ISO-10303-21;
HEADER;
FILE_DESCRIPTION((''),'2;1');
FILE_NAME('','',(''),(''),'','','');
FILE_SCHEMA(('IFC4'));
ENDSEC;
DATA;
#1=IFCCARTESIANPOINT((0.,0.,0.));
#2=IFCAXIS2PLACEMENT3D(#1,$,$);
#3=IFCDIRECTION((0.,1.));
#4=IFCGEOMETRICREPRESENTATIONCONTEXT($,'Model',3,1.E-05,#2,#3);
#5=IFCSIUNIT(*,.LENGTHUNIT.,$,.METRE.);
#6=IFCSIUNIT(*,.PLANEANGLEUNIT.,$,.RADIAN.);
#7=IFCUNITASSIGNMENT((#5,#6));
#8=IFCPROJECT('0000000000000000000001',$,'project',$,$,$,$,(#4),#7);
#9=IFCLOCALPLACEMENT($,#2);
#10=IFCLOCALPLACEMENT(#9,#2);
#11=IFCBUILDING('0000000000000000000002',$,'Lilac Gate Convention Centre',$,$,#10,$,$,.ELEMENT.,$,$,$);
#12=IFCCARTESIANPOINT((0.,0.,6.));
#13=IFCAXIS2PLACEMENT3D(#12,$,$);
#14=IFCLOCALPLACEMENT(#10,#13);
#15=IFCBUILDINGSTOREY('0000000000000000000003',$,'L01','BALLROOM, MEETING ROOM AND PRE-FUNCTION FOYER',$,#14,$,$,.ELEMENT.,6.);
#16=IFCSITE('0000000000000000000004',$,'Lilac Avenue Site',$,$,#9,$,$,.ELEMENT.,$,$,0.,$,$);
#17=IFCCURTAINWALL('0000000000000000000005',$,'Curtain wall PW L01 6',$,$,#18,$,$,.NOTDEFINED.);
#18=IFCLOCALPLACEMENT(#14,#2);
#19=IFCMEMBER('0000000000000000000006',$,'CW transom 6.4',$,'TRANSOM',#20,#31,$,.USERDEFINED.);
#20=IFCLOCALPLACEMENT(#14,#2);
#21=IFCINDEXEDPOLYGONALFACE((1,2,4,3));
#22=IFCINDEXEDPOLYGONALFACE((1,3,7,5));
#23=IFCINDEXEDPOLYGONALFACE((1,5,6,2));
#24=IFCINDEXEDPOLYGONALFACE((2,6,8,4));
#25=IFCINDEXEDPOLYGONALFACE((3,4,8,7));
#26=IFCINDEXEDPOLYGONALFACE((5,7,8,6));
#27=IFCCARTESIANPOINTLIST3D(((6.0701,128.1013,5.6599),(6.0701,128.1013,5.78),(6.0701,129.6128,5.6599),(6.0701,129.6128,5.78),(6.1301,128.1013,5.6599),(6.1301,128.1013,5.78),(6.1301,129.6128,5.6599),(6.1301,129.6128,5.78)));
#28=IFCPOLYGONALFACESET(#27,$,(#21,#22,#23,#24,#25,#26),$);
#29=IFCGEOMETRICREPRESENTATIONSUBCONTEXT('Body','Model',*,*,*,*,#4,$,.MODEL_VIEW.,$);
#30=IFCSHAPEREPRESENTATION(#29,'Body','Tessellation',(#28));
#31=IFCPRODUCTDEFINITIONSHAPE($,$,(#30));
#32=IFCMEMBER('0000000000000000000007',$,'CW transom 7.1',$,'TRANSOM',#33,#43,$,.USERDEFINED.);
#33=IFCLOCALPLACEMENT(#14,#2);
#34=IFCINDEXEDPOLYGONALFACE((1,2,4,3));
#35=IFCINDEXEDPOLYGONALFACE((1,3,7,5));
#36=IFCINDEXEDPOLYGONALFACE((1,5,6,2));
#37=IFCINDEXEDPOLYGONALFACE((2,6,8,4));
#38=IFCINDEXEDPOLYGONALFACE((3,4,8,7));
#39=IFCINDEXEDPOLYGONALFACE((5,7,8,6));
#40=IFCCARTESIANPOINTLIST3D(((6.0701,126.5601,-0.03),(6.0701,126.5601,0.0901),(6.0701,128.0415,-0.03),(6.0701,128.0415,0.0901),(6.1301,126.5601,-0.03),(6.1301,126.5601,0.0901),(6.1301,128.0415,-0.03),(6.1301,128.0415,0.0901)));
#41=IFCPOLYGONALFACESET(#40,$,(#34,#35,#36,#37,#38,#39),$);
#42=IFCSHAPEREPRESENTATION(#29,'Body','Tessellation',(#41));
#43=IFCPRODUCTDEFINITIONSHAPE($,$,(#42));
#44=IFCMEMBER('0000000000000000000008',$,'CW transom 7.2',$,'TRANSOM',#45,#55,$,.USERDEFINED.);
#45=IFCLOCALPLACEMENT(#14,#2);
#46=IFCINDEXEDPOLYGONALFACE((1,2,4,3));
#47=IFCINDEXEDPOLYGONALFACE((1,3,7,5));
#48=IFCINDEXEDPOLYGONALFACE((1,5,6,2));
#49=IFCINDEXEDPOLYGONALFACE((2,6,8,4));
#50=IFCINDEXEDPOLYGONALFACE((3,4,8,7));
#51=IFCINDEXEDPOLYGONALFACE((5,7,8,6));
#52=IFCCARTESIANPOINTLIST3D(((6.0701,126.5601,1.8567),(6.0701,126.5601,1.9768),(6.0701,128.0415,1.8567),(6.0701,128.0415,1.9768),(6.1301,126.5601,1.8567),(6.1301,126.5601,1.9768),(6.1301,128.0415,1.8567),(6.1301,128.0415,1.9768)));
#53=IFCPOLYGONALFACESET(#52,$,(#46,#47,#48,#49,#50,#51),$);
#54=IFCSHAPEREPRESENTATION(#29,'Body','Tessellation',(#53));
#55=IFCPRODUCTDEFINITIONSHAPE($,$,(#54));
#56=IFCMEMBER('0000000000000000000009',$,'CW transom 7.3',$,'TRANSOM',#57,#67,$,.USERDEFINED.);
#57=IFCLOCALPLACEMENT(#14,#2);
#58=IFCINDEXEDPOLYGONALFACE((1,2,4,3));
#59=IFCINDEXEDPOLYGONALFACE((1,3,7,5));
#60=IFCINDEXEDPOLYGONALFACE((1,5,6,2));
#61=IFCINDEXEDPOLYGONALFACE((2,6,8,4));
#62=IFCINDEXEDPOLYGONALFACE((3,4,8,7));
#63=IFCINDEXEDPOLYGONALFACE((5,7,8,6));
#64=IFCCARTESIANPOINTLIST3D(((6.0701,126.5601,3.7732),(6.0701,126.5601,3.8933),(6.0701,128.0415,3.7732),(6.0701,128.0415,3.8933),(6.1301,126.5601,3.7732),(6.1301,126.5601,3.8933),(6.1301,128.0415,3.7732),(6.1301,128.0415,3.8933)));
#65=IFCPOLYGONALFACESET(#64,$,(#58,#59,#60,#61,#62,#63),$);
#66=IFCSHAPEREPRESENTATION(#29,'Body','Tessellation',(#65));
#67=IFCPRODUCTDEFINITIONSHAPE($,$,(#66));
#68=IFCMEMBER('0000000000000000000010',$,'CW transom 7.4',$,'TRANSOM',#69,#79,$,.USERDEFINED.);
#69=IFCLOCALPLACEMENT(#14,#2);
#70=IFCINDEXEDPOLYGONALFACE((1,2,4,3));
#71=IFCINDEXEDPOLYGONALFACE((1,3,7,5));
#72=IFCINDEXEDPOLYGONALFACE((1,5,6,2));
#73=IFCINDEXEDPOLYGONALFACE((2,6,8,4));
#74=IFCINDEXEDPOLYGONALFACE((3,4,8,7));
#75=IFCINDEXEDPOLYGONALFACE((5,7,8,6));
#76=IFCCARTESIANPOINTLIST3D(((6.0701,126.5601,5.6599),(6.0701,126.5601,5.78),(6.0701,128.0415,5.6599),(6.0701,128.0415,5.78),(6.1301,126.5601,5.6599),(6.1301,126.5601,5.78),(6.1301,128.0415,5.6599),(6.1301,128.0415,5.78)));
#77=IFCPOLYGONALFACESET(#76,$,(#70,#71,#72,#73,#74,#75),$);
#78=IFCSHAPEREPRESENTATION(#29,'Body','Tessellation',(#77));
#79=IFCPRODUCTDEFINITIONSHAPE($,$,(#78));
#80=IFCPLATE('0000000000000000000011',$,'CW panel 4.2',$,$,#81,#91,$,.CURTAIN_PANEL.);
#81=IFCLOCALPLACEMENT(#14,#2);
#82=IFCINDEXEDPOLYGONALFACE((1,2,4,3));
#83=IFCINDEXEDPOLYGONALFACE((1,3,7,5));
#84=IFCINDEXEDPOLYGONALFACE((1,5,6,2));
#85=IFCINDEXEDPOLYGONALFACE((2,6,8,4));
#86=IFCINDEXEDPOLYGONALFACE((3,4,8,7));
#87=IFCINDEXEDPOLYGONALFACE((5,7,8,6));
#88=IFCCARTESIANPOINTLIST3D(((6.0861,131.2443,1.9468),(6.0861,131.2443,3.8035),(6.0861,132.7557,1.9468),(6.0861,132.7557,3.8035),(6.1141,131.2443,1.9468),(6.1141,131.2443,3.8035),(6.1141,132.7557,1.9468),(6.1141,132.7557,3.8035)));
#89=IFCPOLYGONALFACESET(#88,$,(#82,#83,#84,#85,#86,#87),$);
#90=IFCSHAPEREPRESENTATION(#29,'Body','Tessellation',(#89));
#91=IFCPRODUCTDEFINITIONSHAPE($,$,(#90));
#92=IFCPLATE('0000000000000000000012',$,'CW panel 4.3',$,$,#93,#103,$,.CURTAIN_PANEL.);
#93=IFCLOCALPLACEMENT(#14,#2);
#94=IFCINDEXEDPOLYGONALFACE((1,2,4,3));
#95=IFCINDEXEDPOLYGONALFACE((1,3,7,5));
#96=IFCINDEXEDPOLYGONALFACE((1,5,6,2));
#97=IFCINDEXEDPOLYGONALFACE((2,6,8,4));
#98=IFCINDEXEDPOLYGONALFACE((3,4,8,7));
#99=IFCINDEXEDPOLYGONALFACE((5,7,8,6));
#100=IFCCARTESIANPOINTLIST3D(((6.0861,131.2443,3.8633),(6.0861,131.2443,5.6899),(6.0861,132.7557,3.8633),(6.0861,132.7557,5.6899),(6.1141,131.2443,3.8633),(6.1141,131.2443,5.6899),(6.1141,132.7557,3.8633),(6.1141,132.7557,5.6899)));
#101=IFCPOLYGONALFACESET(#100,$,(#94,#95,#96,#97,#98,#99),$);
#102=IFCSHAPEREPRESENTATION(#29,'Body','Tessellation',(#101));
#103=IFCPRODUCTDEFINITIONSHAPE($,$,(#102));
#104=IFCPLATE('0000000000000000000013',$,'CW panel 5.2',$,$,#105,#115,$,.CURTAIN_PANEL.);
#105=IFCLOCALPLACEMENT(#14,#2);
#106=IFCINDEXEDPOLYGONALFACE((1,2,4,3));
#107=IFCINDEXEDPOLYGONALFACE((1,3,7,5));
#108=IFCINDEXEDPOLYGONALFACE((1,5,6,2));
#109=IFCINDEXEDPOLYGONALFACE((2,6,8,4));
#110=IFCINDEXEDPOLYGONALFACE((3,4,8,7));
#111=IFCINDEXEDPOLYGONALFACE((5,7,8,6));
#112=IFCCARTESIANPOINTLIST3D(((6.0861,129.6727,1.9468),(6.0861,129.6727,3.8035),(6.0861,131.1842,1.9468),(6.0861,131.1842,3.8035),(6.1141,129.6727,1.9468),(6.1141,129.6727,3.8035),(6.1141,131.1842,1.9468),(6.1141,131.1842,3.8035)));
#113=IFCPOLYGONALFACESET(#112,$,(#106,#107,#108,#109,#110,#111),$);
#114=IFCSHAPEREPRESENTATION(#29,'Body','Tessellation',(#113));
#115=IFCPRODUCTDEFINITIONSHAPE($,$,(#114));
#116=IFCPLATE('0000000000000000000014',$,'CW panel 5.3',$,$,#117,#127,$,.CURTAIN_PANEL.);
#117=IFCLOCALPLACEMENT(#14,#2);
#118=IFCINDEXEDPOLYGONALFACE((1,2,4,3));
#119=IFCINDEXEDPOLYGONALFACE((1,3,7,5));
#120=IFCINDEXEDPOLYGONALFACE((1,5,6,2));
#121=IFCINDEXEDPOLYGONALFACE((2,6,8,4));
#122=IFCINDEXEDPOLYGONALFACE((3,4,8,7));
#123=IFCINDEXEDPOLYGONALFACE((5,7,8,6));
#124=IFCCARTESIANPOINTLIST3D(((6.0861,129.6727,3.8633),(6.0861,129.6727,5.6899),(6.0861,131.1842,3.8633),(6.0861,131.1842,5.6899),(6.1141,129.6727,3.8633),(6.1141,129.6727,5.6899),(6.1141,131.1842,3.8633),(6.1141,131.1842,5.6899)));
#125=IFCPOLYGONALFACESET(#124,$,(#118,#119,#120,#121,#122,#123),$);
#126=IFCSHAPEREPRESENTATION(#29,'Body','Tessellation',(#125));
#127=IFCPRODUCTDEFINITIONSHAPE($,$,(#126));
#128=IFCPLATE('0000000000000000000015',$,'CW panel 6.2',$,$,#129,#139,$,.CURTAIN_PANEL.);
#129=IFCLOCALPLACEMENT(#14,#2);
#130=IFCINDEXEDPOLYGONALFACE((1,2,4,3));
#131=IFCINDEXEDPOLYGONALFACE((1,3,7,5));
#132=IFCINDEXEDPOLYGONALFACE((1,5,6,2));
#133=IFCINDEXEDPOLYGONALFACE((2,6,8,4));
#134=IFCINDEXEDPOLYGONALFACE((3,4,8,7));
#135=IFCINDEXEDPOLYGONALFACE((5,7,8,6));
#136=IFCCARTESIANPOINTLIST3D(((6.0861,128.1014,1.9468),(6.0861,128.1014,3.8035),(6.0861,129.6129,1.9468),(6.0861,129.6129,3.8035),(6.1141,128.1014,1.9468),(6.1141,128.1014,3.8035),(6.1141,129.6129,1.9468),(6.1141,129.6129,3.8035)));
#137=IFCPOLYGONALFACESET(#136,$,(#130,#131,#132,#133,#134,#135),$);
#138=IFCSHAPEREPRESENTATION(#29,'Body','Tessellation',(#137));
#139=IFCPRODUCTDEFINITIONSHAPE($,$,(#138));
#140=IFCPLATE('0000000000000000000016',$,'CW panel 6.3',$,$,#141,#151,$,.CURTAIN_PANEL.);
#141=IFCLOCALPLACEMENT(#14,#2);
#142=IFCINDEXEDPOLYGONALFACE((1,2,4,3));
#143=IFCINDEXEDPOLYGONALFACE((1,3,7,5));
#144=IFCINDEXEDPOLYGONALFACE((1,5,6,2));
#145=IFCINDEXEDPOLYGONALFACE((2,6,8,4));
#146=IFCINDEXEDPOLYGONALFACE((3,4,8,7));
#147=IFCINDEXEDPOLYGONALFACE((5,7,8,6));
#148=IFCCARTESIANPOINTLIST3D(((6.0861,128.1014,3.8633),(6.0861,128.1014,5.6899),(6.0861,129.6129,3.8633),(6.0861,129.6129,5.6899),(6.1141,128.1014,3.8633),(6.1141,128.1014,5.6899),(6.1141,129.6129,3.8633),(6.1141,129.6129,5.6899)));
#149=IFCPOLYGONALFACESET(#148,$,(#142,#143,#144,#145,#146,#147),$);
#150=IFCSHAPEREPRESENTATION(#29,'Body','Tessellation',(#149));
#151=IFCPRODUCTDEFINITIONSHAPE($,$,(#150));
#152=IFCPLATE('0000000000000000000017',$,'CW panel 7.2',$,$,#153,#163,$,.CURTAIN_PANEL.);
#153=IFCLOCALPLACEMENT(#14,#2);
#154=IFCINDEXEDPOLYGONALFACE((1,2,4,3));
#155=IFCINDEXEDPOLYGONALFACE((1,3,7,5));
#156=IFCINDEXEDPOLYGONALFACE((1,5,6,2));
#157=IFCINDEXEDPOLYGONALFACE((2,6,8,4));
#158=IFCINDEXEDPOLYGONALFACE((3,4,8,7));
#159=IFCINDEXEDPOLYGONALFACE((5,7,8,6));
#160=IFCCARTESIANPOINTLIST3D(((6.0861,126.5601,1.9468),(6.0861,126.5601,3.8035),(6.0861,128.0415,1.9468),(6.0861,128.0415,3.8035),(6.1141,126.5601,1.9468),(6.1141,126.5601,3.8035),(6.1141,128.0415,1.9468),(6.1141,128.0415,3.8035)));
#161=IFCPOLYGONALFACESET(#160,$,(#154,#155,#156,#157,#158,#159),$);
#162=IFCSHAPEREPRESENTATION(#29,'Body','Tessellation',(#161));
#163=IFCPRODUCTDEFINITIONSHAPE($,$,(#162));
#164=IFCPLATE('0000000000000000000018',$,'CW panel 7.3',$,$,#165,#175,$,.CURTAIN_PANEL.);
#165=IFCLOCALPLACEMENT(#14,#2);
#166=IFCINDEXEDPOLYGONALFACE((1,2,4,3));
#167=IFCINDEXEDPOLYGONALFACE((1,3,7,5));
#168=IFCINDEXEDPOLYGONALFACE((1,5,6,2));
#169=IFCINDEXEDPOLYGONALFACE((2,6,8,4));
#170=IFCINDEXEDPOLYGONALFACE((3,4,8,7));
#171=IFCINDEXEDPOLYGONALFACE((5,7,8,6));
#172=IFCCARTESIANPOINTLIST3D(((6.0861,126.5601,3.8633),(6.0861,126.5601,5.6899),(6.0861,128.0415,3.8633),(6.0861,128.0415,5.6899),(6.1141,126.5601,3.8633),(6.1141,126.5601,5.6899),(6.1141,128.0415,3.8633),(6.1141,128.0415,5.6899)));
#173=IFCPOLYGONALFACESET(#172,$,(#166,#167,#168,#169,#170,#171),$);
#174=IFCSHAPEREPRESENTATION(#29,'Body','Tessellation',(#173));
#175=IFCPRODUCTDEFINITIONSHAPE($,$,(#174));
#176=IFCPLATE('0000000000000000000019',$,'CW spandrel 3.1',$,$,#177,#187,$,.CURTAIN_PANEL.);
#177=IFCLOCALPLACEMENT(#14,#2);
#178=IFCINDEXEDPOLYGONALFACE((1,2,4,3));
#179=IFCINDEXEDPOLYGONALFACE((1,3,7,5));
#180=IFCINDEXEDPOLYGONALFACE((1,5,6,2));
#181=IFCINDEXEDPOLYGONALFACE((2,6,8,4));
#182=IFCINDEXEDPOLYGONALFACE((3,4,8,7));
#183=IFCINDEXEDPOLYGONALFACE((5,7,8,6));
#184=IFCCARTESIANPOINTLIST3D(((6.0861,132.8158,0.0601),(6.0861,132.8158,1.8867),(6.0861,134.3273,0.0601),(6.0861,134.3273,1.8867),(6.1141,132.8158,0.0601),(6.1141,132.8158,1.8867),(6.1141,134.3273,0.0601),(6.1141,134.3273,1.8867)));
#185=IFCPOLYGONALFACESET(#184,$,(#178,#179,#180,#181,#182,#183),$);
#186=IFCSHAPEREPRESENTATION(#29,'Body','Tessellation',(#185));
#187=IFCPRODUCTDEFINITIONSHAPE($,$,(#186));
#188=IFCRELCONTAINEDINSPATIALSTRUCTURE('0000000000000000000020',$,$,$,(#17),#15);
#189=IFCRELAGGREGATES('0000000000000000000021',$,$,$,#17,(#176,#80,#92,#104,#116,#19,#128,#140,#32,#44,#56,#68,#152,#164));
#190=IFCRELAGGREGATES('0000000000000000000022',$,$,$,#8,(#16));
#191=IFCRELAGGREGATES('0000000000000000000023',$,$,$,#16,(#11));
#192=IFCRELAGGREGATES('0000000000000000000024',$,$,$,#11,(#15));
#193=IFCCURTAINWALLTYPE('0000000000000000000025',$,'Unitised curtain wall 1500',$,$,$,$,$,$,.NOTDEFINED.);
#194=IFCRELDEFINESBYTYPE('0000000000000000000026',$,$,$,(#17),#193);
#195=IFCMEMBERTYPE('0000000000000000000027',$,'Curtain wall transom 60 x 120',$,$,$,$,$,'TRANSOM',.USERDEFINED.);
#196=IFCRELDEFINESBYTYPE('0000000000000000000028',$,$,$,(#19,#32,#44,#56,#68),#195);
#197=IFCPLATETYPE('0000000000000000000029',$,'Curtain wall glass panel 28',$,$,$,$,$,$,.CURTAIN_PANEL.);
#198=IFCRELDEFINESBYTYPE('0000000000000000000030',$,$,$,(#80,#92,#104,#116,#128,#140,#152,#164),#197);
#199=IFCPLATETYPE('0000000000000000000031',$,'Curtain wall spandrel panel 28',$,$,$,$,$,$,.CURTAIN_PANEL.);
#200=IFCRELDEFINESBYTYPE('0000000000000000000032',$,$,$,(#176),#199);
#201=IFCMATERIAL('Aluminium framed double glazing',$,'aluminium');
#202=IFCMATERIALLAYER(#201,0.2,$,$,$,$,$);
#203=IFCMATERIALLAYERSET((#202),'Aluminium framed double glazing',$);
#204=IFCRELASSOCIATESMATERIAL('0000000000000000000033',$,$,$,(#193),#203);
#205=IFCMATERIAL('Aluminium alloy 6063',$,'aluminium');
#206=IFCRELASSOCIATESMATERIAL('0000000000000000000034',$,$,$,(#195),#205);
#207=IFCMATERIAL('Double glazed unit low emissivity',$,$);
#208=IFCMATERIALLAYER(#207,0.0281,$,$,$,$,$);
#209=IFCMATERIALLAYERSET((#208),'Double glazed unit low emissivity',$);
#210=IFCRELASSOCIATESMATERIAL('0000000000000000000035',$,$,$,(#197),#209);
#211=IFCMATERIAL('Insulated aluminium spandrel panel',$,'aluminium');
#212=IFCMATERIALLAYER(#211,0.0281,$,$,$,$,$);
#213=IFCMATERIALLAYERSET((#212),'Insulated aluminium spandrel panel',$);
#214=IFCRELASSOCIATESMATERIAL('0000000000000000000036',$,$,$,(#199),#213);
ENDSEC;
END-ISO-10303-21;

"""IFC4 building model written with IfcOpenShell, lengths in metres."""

from ifc_helpers import new_model, si_unit, direction, frame, origin, origin_2d, place, context, subcontext, project, spatial, rectangle, extrude, material, layer, layer_set, material_profile, profile_set, type_object, element, aggregate, save


model = new_model("IFC4")

# Units and contexts
model_context = context("Model", 3, precision=1e-05, world=origin(), true_north=direction((0.0, 1.0)))
body_context = subcontext(model_context, "Body", "Model", "MODEL_VIEW")
ifc_project = project(units=[si_unit("LENGTHUNIT", "METRE"), si_unit("PLANEANGLEUNIT", "RADIAN")], contexts=[model_context])

# Site, building, storey
site_placement = place(None, origin())
site = spatial("IfcSite", under=ifc_project, at=site_placement, Name="Lilac Avenue Site", CompositionType="ELEMENT", RefElevation=0.0)
building_placement = place(site_placement, origin())
building = spatial("IfcBuilding", under=site, at=building_placement, Name="Lilac Gate Convention Centre", CompositionType="ELEMENT")
storey_placement = place(building_placement, frame((0.0, 0.0, 6.0)))
storey = spatial("IfcBuildingStorey", under=building, at=storey_placement, Name="L01", Description="BALLROOM, MEETING ROOM AND PRE-FUNCTION FOYER", CompositionType="ELEMENT", Elevation=6.0)

# Curtain wall, members, plates
ifc_material_1 = material(Name="Aluminium framed double glazing", Category="aluminium")
ifc_layer_1 = layer(ifc_material_1, 0.2)
ifc_layer_set_1 = layer_set([ifc_layer_1], Name="Aluminium framed double glazing")
curtain_wall_type = type_object("IfcCurtainWallType", Name="Unitised curtain wall 1500", PredefinedType="NOTDEFINED", material=ifc_layer_set_1)
curtain_wall_placement = place(storey_placement, origin())
curtain_wall = element("IfcCurtainWall", 1, at=curtain_wall_placement, inside=storey, type_object=curtain_wall_type, Name="Curtain wall PW L01 6", PredefinedType="NOTDEFINED")
ifc_material_2 = material(Name="Aluminium alloy 6063", Category="aluminium")
ifc_material_profile_1 = material_profile(ifc_material_2, rectangle(XDim=0.0601, YDim=0.1201, at=origin_2d()), Name="Curtain wall transom 60 x 120")
ifc_profile_set_1 = profile_set([ifc_material_profile_1], Name="Aluminium alloy 6063")
member_type_1 = type_object("IfcMemberType", Name="Curtain wall transom 60 x 120", ElementType="TRANSOM", PredefinedType="USERDEFINED", material=ifc_profile_set_1)
member_1_placement = place(storey_placement, frame((6.1001, 129.6128, 5.72), z_axis=(0.0, -1.0, 0.0), x_axis=(1.0, 0.0, 0.0)))
member_1 = element("IfcMember", 2, at=member_1_placement, type_object=member_type_1, Name="CW transom 6.4", ObjectType="TRANSOM", PredefinedType="USERDEFINED", context=body_context, shape_type="SweptSolid", body=[
    extrude(rectangle(XDim=0.0601, YDim=0.1201, at=origin_2d()), origin(), (0.0, 0.0, 1.0), 1.5115),
])
member_2_placement = place(storey_placement, frame((6.1001, 128.0415, 0.03), z_axis=(0.0, -1.0, 0.0), x_axis=(1.0, 0.0, 0.0)))
member_2 = element("IfcMember", 3, at=member_2_placement, type_object=member_type_1, Name="CW transom 7.1", ObjectType="TRANSOM", PredefinedType="USERDEFINED", context=body_context, shape_type="SweptSolid", body=[
    extrude(rectangle(XDim=0.0601, YDim=0.1201, at=origin_2d()), origin(), (0.0, 0.0, 1.0), 1.4814),
])
member_3_placement = place(storey_placement, frame((6.1001, 128.0415, 1.9167), z_axis=(0.0, -1.0, 0.0), x_axis=(1.0, 0.0, 0.0)))
member_3 = element("IfcMember", 4, at=member_3_placement, type_object=member_type_1, Name="CW transom 7.2", ObjectType="TRANSOM", PredefinedType="USERDEFINED", context=body_context, shape_type="SweptSolid", body=[
    extrude(rectangle(XDim=0.0601, YDim=0.1201, at=origin_2d()), origin(), (0.0, 0.0, 1.0), 1.4814),
])
member_4_placement = place(storey_placement, frame((6.1001, 128.0415, 3.8333), z_axis=(0.0, -1.0, 0.0), x_axis=(1.0, 0.0, 0.0)))
member_4 = element("IfcMember", 5, at=member_4_placement, type_object=member_type_1, Name="CW transom 7.3", ObjectType="TRANSOM", PredefinedType="USERDEFINED", context=body_context, shape_type="SweptSolid", body=[
    extrude(rectangle(XDim=0.0601, YDim=0.1201, at=origin_2d()), origin(), (0.0, 0.0, 1.0), 1.4814),
])
member_5_placement = place(storey_placement, frame((6.1001, 128.0415, 5.72), z_axis=(0.0, -1.0, 0.0), x_axis=(1.0, 0.0, 0.0)))
member_5 = element("IfcMember", 6, at=member_5_placement, type_object=member_type_1, Name="CW transom 7.4", ObjectType="TRANSOM", PredefinedType="USERDEFINED", context=body_context, shape_type="SweptSolid", body=[
    extrude(rectangle(XDim=0.0601, YDim=0.1201, at=origin_2d()), origin(), (0.0, 0.0, 1.0), 1.4814),
])
ifc_material_3 = material(Name="Double glazed unit low emissivity")
ifc_layer_2 = layer(ifc_material_3, 0.0281)
ifc_layer_set_2 = layer_set([ifc_layer_2], Name="Double glazed unit low emissivity")
plate_type_1 = type_object("IfcPlateType", Name="Curtain wall glass panel 28", PredefinedType="CURTAIN_PANEL", material=ifc_layer_set_2)
plate_1_placement = place(storey_placement, frame((6.1001, 132.0, 1.9468), z_axis=(0.0, 0.0, 1.0), x_axis=(0.0, -1.0, 0.0)))
plate_1 = element("IfcPlate", 7, at=plate_1_placement, type_object=plate_type_1, Name="CW panel 4.2", PredefinedType="CURTAIN_PANEL", context=body_context, shape_type="SweptSolid", body=[
    extrude(rectangle(XDim=1.5115, YDim=0.0281, at=origin_2d()), origin(), (0.0, 0.0, 1.0), 1.8567),
])
plate_2_placement = place(storey_placement, frame((6.1001, 132.0, 3.8633), z_axis=(0.0, 0.0, 1.0), x_axis=(0.0, -1.0, 0.0)))
plate_2 = element("IfcPlate", 8, at=plate_2_placement, type_object=plate_type_1, Name="CW panel 4.3", PredefinedType="CURTAIN_PANEL", context=body_context, shape_type="SweptSolid", body=[
    extrude(rectangle(XDim=1.5115, YDim=0.0281, at=origin_2d()), origin(), (0.0, 0.0, 1.0), 1.8267),
])
plate_3_placement = place(storey_placement, frame((6.1001, 130.4285, 1.9468), z_axis=(0.0, 0.0, 1.0), x_axis=(0.0, -1.0, 0.0)))
plate_3 = element("IfcPlate", 9, at=plate_3_placement, type_object=plate_type_1, Name="CW panel 5.2", PredefinedType="CURTAIN_PANEL", context=body_context, shape_type="SweptSolid", body=[
    extrude(rectangle(XDim=1.5115, YDim=0.0281, at=origin_2d()), origin(), (0.0, 0.0, 1.0), 1.8567),
])
plate_4_placement = place(storey_placement, frame((6.1001, 130.4285, 3.8633), z_axis=(0.0, 0.0, 1.0), x_axis=(0.0, -1.0, 0.0)))
plate_4 = element("IfcPlate", 10, at=plate_4_placement, type_object=plate_type_1, Name="CW panel 5.3", PredefinedType="CURTAIN_PANEL", context=body_context, shape_type="SweptSolid", body=[
    extrude(rectangle(XDim=1.5115, YDim=0.0281, at=origin_2d()), origin(), (0.0, 0.0, 1.0), 1.8267),
])
plate_5_placement = place(storey_placement, frame((6.1001, 128.8572, 1.9468), z_axis=(0.0, 0.0, 1.0), x_axis=(0.0, -1.0, 0.0)))
plate_5 = element("IfcPlate", 11, at=plate_5_placement, type_object=plate_type_1, Name="CW panel 6.2", PredefinedType="CURTAIN_PANEL", context=body_context, shape_type="SweptSolid", body=[
    extrude(rectangle(XDim=1.5115, YDim=0.0281, at=origin_2d()), origin(), (0.0, 0.0, 1.0), 1.8567),
])
plate_6_placement = place(storey_placement, frame((6.1001, 128.8572, 3.8633), z_axis=(0.0, 0.0, 1.0), x_axis=(0.0, -1.0, 0.0)))
plate_6 = element("IfcPlate", 12, at=plate_6_placement, type_object=plate_type_1, Name="CW panel 6.3", PredefinedType="CURTAIN_PANEL", context=body_context, shape_type="SweptSolid", body=[
    extrude(rectangle(XDim=1.5115, YDim=0.0281, at=origin_2d()), origin(), (0.0, 0.0, 1.0), 1.8267),
])
plate_7_placement = place(storey_placement, frame((6.1001, 127.3008, 1.9468), z_axis=(0.0, 0.0, 1.0), x_axis=(0.0, -1.0, 0.0)))
plate_7 = element("IfcPlate", 13, at=plate_7_placement, type_object=plate_type_1, Name="CW panel 7.2", PredefinedType="CURTAIN_PANEL", context=body_context, shape_type="SweptSolid", body=[
    extrude(rectangle(XDim=1.4814, YDim=0.0281, at=origin_2d()), origin(), (0.0, 0.0, 1.0), 1.8567),
])
plate_8_placement = place(storey_placement, frame((6.1001, 127.3008, 3.8633), z_axis=(0.0, 0.0, 1.0), x_axis=(0.0, -1.0, 0.0)))
plate_8 = element("IfcPlate", 14, at=plate_8_placement, type_object=plate_type_1, Name="CW panel 7.3", PredefinedType="CURTAIN_PANEL", context=body_context, shape_type="SweptSolid", body=[
    extrude(rectangle(XDim=1.4814, YDim=0.0281, at=origin_2d()), origin(), (0.0, 0.0, 1.0), 1.8267),
])
ifc_material_4 = material(Name="Insulated aluminium spandrel panel", Category="aluminium")
ifc_layer_3 = layer(ifc_material_4, 0.0281)
ifc_layer_set_3 = layer_set([ifc_layer_3], Name="Insulated aluminium spandrel panel")
plate_type_2 = type_object("IfcPlateType", Name="Curtain wall spandrel panel 28", PredefinedType="CURTAIN_PANEL", material=ifc_layer_set_3)
plate_9_placement = place(storey_placement, frame((6.1001, 133.5715, 0.0601), z_axis=(0.0, 0.0, 1.0), x_axis=(0.0, -1.0, 0.0)))
plate_9 = element("IfcPlate", 15, at=plate_9_placement, type_object=plate_type_2, Name="CW spandrel 3.1", PredefinedType="CURTAIN_PANEL", context=body_context, shape_type="SweptSolid", body=[
    extrude(rectangle(XDim=1.5115, YDim=0.0281, at=origin_2d()), origin(), (0.0, 0.0, 1.0), 1.8267),
])
aggregate(curtain_wall, [plate_9, plate_1, plate_2, plate_3, plate_4, member_1, plate_5, plate_6, member_2, member_3, member_4, member_5, plate_7, plate_8])

save(model, "model.ifc")
